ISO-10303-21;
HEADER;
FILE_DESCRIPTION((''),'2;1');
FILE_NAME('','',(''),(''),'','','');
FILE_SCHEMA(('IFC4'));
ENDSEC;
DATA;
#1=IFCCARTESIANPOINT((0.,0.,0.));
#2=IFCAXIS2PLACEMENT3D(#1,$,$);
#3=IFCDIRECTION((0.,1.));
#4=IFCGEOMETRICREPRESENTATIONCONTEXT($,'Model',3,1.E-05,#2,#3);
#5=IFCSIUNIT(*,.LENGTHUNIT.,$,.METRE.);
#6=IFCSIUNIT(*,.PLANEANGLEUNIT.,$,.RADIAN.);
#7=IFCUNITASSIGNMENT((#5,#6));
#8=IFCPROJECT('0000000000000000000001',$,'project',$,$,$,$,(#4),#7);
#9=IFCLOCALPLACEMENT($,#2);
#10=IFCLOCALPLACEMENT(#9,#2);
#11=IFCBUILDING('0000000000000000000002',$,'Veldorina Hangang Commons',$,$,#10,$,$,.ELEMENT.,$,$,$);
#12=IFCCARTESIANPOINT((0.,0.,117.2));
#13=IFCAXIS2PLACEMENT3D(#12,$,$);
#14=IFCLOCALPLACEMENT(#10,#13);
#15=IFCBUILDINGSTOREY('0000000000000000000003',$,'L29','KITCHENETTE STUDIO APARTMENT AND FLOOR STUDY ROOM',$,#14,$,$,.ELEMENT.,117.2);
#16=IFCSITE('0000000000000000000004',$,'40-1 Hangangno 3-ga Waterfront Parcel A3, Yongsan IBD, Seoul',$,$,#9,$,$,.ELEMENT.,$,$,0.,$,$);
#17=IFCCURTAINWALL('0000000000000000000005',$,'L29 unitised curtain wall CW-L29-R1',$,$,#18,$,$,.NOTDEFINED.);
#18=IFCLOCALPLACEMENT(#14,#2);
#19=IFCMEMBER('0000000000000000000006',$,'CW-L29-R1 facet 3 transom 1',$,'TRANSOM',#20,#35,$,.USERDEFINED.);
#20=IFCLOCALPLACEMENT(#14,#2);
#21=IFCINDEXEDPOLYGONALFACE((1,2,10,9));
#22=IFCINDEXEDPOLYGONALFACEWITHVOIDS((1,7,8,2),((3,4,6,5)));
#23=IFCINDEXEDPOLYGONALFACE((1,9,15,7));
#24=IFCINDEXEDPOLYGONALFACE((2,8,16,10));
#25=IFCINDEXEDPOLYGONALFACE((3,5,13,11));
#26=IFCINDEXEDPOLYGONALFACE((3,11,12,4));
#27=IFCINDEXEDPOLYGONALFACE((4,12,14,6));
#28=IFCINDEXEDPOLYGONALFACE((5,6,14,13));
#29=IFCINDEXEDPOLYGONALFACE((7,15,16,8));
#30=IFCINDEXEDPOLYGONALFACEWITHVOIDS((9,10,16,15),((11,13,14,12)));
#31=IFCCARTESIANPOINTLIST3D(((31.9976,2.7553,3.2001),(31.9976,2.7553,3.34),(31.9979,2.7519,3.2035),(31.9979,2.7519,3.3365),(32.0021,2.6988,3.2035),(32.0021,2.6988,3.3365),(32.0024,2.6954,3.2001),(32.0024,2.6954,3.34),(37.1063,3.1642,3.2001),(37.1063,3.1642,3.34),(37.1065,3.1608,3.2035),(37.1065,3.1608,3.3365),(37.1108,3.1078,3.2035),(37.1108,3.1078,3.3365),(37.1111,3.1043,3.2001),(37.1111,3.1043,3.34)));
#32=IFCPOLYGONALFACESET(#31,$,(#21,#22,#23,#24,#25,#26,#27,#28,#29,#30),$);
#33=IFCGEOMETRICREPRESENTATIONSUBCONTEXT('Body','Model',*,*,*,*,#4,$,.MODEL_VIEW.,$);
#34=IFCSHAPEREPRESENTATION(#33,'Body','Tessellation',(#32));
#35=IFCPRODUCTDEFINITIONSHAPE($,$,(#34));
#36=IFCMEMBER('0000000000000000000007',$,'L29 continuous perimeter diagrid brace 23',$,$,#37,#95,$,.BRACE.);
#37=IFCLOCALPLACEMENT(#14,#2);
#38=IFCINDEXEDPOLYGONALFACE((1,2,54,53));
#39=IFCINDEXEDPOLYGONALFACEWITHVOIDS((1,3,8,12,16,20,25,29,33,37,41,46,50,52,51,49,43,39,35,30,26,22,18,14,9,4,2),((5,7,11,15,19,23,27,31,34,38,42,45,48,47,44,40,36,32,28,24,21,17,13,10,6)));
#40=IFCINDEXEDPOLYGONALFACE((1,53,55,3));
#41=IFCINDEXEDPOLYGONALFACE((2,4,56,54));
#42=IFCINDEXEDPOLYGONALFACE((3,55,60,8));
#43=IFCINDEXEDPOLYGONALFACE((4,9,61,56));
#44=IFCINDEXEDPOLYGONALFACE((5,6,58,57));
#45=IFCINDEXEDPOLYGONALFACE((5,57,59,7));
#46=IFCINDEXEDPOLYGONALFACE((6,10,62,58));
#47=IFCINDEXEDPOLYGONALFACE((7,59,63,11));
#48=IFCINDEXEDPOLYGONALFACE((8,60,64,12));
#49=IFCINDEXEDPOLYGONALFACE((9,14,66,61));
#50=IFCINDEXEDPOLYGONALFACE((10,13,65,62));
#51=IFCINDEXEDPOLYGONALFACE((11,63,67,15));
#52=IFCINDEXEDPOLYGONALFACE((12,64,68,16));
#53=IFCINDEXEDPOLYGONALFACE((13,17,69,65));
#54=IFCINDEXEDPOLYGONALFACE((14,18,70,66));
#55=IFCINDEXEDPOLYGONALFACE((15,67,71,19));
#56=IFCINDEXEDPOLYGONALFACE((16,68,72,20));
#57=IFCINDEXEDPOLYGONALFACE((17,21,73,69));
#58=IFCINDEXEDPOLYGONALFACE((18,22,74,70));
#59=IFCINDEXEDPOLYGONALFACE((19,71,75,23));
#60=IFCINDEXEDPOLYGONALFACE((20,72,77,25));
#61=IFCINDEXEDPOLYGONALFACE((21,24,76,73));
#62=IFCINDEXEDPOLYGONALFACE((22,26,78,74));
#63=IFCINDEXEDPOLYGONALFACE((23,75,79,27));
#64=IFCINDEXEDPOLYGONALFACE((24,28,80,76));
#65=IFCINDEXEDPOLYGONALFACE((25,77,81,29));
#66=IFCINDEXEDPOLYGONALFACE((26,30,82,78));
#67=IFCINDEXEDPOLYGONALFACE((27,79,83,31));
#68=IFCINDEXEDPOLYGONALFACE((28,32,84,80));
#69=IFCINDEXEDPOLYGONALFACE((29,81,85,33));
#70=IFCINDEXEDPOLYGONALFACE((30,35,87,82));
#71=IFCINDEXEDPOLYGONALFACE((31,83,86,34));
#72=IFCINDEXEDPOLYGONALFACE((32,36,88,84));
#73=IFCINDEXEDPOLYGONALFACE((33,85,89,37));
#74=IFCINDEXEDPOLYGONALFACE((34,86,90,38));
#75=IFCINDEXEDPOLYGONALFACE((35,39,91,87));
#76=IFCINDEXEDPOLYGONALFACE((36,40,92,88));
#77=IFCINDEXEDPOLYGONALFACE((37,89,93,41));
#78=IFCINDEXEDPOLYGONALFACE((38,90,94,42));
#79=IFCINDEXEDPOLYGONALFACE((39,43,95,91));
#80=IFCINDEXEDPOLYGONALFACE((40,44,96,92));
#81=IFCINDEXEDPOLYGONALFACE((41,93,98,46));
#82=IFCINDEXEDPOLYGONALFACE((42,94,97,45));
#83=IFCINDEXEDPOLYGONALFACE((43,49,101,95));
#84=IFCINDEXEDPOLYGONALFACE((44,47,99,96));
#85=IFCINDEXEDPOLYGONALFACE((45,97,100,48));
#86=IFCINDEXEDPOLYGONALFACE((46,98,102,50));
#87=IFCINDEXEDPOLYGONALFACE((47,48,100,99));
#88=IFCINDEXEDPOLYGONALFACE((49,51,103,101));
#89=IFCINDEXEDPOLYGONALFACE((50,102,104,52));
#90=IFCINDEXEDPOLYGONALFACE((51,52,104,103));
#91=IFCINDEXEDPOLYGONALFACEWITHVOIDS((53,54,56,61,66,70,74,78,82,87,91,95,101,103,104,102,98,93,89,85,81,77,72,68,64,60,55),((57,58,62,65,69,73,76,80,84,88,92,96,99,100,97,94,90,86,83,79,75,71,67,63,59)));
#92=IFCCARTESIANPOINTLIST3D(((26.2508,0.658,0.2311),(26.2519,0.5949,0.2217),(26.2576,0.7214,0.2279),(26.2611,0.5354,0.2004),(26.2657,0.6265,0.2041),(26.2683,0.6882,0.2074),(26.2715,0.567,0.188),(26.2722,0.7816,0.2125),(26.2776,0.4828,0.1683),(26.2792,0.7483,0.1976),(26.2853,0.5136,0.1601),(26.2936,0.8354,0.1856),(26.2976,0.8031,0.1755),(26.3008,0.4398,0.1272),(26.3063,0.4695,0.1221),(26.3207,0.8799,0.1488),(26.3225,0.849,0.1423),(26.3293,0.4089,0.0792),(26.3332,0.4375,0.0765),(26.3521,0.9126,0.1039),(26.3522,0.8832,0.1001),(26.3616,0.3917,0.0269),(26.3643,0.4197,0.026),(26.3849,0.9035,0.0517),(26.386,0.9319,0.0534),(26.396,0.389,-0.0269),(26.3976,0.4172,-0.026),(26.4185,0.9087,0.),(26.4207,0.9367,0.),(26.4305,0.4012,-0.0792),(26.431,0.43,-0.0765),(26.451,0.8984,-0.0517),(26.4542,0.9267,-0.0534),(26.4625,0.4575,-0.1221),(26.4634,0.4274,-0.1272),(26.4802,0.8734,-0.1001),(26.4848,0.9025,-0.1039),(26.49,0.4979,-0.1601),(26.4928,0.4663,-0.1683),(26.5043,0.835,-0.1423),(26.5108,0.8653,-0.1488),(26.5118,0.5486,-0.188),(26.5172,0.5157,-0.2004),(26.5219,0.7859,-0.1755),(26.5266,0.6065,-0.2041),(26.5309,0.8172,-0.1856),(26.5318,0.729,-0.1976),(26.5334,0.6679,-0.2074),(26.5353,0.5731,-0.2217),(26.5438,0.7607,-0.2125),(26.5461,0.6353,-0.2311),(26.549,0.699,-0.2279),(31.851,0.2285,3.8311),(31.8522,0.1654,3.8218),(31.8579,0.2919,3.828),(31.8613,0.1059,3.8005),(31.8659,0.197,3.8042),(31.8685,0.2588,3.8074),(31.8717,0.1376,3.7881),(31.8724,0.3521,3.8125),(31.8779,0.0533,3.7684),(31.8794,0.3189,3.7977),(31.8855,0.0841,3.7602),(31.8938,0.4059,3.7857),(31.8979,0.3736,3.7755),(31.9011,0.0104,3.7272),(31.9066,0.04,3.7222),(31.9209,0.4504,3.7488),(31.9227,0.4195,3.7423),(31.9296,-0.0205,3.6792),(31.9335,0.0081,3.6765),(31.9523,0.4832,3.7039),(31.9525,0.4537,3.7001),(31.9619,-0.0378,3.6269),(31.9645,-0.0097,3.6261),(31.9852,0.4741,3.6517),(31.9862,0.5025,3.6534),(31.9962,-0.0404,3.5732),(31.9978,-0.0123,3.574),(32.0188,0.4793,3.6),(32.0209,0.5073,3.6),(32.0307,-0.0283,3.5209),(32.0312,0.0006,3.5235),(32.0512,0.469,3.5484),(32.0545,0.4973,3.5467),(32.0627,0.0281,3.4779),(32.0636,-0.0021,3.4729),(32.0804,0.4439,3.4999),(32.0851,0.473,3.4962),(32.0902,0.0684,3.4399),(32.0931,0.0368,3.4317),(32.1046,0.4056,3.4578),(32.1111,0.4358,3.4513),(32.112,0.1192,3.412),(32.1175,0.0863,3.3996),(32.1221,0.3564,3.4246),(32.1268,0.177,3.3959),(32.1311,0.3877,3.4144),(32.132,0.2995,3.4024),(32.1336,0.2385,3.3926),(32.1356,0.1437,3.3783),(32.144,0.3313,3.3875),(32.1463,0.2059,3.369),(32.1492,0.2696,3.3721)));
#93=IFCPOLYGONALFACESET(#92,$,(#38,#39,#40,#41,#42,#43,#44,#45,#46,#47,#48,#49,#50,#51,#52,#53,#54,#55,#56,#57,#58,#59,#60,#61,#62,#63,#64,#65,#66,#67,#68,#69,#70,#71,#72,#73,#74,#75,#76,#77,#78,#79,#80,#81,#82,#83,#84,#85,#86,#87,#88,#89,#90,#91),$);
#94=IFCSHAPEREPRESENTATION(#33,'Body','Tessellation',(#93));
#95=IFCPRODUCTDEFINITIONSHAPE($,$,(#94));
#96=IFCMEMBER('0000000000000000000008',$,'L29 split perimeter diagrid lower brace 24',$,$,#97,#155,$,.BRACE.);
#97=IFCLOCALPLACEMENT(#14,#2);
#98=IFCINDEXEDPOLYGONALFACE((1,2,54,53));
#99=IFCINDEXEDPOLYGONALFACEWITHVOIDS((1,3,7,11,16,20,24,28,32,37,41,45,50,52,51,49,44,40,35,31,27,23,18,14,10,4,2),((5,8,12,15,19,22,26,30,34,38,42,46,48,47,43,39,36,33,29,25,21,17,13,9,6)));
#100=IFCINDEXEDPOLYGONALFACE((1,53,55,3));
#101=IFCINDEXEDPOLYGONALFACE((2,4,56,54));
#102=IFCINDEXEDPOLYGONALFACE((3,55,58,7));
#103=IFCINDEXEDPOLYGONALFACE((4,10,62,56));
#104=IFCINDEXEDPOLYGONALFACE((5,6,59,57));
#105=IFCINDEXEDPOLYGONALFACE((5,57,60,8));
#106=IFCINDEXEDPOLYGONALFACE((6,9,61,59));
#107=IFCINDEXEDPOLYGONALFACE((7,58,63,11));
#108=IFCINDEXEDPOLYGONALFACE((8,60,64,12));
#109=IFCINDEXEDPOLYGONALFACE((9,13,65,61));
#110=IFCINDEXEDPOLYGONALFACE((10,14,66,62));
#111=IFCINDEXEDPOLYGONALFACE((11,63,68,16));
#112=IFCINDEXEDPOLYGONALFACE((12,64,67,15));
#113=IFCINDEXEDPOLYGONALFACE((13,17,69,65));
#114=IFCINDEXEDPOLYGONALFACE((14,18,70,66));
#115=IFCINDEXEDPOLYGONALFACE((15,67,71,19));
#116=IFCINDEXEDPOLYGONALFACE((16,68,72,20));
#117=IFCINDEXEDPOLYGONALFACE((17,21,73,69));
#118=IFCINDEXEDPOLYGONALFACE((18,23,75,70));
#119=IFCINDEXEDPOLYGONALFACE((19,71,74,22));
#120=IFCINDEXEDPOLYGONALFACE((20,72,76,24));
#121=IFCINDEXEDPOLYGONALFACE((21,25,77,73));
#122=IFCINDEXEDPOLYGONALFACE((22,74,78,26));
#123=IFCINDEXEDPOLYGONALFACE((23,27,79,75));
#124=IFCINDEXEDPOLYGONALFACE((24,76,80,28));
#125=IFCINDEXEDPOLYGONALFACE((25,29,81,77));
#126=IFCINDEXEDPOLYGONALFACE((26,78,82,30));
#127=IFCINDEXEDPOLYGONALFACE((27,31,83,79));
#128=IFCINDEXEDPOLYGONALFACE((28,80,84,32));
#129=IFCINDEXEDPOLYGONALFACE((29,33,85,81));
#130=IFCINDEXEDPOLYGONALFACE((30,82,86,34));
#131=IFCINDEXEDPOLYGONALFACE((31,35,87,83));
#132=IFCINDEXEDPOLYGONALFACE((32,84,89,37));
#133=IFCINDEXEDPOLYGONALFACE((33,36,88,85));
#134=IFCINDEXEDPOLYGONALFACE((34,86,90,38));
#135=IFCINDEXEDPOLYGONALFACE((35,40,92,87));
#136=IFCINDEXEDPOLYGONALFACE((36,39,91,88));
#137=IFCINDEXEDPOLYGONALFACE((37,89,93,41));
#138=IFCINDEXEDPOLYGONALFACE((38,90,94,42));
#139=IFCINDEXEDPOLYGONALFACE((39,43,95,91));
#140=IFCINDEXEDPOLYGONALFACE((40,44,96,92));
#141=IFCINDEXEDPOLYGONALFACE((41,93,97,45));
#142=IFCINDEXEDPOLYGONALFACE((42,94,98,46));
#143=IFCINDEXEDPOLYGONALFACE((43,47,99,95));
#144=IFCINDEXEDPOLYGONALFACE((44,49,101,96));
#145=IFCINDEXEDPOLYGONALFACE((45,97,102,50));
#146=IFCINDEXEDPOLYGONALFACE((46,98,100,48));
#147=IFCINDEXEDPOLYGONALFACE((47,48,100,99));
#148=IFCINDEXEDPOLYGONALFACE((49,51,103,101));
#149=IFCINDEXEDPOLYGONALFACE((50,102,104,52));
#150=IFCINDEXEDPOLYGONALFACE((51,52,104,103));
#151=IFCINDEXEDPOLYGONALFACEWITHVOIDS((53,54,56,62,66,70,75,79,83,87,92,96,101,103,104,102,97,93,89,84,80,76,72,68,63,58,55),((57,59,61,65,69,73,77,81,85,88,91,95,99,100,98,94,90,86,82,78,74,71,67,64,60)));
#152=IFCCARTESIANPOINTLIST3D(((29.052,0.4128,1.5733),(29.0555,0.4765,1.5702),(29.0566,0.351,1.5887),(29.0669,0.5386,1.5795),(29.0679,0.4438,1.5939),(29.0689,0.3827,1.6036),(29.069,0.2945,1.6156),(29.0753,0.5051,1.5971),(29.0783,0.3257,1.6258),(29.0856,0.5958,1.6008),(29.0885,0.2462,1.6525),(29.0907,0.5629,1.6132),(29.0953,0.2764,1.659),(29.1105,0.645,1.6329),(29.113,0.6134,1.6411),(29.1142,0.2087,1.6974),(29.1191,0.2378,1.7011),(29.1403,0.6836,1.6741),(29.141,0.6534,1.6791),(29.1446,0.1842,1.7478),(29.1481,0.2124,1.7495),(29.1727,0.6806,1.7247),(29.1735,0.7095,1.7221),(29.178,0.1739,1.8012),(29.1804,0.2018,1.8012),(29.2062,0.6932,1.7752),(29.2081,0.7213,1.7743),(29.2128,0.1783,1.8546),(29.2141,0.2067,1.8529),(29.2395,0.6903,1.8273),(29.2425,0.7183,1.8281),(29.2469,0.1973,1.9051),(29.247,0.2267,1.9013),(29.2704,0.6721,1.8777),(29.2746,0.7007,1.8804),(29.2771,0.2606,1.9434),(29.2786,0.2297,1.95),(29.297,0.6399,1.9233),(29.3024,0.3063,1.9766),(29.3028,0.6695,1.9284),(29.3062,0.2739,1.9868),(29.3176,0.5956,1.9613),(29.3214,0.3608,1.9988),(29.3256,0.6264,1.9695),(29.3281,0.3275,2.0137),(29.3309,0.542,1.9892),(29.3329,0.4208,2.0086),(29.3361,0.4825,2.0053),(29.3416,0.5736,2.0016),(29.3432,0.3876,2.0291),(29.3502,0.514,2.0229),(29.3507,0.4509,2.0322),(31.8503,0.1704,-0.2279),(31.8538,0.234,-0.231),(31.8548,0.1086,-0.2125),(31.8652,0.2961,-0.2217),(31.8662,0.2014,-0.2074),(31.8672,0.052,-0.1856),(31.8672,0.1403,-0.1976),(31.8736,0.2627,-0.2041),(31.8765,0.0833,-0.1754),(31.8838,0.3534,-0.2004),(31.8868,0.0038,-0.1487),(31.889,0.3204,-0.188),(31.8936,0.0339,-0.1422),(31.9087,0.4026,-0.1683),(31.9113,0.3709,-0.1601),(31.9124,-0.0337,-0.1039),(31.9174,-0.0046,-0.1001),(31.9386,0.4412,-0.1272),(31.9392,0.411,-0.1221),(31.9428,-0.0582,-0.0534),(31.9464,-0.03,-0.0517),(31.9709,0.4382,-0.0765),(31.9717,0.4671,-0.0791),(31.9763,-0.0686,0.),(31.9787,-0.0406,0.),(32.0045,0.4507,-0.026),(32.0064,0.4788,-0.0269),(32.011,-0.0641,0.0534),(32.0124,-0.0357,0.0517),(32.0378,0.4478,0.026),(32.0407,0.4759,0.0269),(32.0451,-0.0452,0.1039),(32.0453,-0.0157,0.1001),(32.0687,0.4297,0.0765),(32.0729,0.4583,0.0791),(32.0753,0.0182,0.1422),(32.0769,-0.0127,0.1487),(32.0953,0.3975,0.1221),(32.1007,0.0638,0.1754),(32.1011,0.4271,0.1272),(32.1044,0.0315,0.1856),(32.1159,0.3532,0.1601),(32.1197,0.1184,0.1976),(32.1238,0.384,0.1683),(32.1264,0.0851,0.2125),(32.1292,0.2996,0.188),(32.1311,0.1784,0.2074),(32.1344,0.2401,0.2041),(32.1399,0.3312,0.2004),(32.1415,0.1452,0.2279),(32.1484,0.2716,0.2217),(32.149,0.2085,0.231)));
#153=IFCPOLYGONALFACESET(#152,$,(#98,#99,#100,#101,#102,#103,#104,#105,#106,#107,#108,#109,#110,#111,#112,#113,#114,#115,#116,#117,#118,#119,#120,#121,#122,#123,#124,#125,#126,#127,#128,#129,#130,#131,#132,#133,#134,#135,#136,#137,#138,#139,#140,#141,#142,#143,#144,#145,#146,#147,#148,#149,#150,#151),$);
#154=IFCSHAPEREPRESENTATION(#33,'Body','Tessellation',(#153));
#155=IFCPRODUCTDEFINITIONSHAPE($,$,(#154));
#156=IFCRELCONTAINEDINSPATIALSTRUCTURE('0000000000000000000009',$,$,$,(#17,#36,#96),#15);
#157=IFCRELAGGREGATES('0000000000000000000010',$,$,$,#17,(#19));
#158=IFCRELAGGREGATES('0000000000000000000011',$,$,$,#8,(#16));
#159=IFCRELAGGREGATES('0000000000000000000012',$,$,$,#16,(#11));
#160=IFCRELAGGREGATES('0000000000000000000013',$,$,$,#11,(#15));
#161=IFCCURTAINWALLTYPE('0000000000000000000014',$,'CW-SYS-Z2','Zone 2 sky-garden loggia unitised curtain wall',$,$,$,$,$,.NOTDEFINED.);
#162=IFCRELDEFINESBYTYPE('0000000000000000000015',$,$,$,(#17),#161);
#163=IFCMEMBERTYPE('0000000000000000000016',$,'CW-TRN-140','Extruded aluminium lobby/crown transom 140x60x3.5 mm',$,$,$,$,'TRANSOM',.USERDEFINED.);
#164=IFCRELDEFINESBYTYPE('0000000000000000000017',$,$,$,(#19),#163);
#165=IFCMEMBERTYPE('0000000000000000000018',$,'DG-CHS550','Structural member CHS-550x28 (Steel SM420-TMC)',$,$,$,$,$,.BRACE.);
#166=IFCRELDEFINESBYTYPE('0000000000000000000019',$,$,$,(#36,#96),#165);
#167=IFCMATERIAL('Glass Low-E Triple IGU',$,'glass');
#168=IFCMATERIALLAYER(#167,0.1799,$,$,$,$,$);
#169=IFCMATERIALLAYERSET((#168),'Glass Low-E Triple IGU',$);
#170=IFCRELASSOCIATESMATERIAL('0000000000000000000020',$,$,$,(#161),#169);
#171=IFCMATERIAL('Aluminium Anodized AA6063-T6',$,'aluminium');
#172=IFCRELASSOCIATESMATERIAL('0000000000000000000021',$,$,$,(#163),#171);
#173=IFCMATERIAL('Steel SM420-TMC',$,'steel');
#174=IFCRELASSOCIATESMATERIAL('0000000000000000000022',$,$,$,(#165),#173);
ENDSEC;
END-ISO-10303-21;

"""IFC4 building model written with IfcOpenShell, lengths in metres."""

from ifc_helpers import new_model, si_unit, direction, frame, origin, origin_2d, place, context, subcontext, project, spatial, hollow_rectangle, hollow_circle, extrude, material, layer, layer_set, material_profile, profile_set, type_object, element, aggregate, save


model = new_model("IFC4")

# Units and contexts
model_context = context("Model", 3, precision=1e-05, world=origin(), true_north=direction((0.0, 1.0)))
body_context = subcontext(model_context, "Body", "Model", "MODEL_VIEW")
ifc_project = project(units=[si_unit("LENGTHUNIT", "METRE"), si_unit("PLANEANGLEUNIT", "RADIAN")], contexts=[model_context])

# Site, building, storey
site_placement = place(None, origin())
site = spatial("IfcSite", under=ifc_project, at=site_placement, Name="40-1 Hangangno 3-ga Waterfront Parcel A3, Yongsan IBD, Seoul", CompositionType="ELEMENT", RefElevation=0.0)
building_placement = place(site_placement, origin())
building = spatial("IfcBuilding", under=site, at=building_placement, Name="Veldorina Hangang Commons", CompositionType="ELEMENT")
storey_placement = place(building_placement, frame((0.0, 0.0, 117.2)))
storey = spatial("IfcBuildingStorey", under=building, at=storey_placement, Name="L29", Description="KITCHENETTE STUDIO APARTMENT AND FLOOR STUDY ROOM", CompositionType="ELEMENT", Elevation=117.2)

# Shared definitions
ifc_material_1 = material(Name="Steel SM420-TMC", Category="steel")

# Curtain wall, member
ifc_material_2 = material(Name="Glass Low-E Triple IGU", Category="glass")
ifc_layer_1 = layer(ifc_material_2, 0.1799)
ifc_layer_set_1 = layer_set([ifc_layer_1], Name="Glass Low-E Triple IGU")
curtain_wall_type = type_object("IfcCurtainWallType", Name="CW-SYS-Z2", Description="Zone 2 sky-garden loggia unitised curtain wall", PredefinedType="NOTDEFINED", material=ifc_layer_set_1)
curtain_wall_placement = place(storey_placement, origin())
curtain_wall = element("IfcCurtainWall", 1, at=curtain_wall_placement, inside=storey, type_object=curtain_wall_type, Name="L29 unitised curtain wall CW-L29-R1", PredefinedType="NOTDEFINED")
ifc_material_3 = material(Name="Aluminium Anodized AA6063-T6", Category="aluminium")
ifc_material_profile_1 = material_profile(ifc_material_3, hollow_rectangle(XDim=0.0601, YDim=0.1399, WallThickness=0.0034, at=origin_2d()), Name="ALU-RHS-140x60x3.5")
ifc_profile_set_1 = profile_set([ifc_material_profile_1], Name="Aluminium Anodized AA6063-T6")
member_type_1 = type_object("IfcMemberType", Name="CW-TRN-140", Description="Extruded aluminium lobby/crown transom 140x60x3.5 mm", ElementType="TRANSOM", PredefinedType="USERDEFINED", material=ifc_profile_set_1)
member_1_placement = place(storey_placement, frame((32.0, 2.7253, 3.27), z_axis=(0.996811, 0.079793, 0.0), x_axis=(-0.079793, 0.996811, 0.0)))
member_1 = element("IfcMember", 2, at=member_1_placement, type_object=member_type_1, Name="CW-L29-R1 facet 3 transom 1", ObjectType="TRANSOM", PredefinedType="USERDEFINED", context=body_context, shape_type="SweptSolid", body=[
    extrude(hollow_rectangle(XDim=0.0601, YDim=0.1399, WallThickness=0.0034, at=origin_2d()), origin(), (0.0, 0.0, 1.0), 5.125),
])

# Members
ifc_material_profile_2 = material_profile(ifc_material_1, hollow_circle(Radius=0.2749, WallThickness=0.0281, at=origin_2d()), Name="CHS-550x28")
ifc_profile_set_2 = profile_set([ifc_material_profile_2], Name="Steel SM420-TMC")
member_type_2 = type_object("IfcMemberType", Name="DG-CHS550", Description="Structural member CHS-550x28 (Steel SM420-TMC)", PredefinedType="BRACE", material=ifc_profile_set_2)
member_2_placement = place(storey_placement, frame((26.3997, 0.6626, 0.0), z_axis=(0.839442, -0.06437, 0.539623), x_axis=(0.076457, 0.997073, 0.0)))
element("IfcMember", 3, at=member_2_placement, inside=storey, type_object=member_type_2, Name="L29 continuous perimeter diagrid brace 23", PredefinedType="BRACE", context=body_context, shape_type="SweptSolid", body=[
    extrude(hollow_circle(Radius=0.2749, WallThickness=0.0281, at=origin_2d()), origin(), (0.0, 0.0, 1.0), 6.6714),
])
member_3_placement = place(storey_placement, frame((32.0, 0.2053, 0.0), z_axis=(-0.838637, 0.072655, 0.539824), x_axis=(-0.086311, -0.996268, 0.0)))
element("IfcMember", 4, at=member_3_placement, inside=storey, type_object=member_type_2, Name="L29 split perimeter diagrid lower brace 24", PredefinedType="BRACE", context=body_context, shape_type="SweptSolid", body=[
    extrude(hollow_circle(Radius=0.2749, WallThickness=0.0281, at=origin_2d()), origin(), (0.0, 0.0, 1.0), 3.3367),
])

aggregate(curtain_wall, [member_1])

save(model, "model.ifc")
